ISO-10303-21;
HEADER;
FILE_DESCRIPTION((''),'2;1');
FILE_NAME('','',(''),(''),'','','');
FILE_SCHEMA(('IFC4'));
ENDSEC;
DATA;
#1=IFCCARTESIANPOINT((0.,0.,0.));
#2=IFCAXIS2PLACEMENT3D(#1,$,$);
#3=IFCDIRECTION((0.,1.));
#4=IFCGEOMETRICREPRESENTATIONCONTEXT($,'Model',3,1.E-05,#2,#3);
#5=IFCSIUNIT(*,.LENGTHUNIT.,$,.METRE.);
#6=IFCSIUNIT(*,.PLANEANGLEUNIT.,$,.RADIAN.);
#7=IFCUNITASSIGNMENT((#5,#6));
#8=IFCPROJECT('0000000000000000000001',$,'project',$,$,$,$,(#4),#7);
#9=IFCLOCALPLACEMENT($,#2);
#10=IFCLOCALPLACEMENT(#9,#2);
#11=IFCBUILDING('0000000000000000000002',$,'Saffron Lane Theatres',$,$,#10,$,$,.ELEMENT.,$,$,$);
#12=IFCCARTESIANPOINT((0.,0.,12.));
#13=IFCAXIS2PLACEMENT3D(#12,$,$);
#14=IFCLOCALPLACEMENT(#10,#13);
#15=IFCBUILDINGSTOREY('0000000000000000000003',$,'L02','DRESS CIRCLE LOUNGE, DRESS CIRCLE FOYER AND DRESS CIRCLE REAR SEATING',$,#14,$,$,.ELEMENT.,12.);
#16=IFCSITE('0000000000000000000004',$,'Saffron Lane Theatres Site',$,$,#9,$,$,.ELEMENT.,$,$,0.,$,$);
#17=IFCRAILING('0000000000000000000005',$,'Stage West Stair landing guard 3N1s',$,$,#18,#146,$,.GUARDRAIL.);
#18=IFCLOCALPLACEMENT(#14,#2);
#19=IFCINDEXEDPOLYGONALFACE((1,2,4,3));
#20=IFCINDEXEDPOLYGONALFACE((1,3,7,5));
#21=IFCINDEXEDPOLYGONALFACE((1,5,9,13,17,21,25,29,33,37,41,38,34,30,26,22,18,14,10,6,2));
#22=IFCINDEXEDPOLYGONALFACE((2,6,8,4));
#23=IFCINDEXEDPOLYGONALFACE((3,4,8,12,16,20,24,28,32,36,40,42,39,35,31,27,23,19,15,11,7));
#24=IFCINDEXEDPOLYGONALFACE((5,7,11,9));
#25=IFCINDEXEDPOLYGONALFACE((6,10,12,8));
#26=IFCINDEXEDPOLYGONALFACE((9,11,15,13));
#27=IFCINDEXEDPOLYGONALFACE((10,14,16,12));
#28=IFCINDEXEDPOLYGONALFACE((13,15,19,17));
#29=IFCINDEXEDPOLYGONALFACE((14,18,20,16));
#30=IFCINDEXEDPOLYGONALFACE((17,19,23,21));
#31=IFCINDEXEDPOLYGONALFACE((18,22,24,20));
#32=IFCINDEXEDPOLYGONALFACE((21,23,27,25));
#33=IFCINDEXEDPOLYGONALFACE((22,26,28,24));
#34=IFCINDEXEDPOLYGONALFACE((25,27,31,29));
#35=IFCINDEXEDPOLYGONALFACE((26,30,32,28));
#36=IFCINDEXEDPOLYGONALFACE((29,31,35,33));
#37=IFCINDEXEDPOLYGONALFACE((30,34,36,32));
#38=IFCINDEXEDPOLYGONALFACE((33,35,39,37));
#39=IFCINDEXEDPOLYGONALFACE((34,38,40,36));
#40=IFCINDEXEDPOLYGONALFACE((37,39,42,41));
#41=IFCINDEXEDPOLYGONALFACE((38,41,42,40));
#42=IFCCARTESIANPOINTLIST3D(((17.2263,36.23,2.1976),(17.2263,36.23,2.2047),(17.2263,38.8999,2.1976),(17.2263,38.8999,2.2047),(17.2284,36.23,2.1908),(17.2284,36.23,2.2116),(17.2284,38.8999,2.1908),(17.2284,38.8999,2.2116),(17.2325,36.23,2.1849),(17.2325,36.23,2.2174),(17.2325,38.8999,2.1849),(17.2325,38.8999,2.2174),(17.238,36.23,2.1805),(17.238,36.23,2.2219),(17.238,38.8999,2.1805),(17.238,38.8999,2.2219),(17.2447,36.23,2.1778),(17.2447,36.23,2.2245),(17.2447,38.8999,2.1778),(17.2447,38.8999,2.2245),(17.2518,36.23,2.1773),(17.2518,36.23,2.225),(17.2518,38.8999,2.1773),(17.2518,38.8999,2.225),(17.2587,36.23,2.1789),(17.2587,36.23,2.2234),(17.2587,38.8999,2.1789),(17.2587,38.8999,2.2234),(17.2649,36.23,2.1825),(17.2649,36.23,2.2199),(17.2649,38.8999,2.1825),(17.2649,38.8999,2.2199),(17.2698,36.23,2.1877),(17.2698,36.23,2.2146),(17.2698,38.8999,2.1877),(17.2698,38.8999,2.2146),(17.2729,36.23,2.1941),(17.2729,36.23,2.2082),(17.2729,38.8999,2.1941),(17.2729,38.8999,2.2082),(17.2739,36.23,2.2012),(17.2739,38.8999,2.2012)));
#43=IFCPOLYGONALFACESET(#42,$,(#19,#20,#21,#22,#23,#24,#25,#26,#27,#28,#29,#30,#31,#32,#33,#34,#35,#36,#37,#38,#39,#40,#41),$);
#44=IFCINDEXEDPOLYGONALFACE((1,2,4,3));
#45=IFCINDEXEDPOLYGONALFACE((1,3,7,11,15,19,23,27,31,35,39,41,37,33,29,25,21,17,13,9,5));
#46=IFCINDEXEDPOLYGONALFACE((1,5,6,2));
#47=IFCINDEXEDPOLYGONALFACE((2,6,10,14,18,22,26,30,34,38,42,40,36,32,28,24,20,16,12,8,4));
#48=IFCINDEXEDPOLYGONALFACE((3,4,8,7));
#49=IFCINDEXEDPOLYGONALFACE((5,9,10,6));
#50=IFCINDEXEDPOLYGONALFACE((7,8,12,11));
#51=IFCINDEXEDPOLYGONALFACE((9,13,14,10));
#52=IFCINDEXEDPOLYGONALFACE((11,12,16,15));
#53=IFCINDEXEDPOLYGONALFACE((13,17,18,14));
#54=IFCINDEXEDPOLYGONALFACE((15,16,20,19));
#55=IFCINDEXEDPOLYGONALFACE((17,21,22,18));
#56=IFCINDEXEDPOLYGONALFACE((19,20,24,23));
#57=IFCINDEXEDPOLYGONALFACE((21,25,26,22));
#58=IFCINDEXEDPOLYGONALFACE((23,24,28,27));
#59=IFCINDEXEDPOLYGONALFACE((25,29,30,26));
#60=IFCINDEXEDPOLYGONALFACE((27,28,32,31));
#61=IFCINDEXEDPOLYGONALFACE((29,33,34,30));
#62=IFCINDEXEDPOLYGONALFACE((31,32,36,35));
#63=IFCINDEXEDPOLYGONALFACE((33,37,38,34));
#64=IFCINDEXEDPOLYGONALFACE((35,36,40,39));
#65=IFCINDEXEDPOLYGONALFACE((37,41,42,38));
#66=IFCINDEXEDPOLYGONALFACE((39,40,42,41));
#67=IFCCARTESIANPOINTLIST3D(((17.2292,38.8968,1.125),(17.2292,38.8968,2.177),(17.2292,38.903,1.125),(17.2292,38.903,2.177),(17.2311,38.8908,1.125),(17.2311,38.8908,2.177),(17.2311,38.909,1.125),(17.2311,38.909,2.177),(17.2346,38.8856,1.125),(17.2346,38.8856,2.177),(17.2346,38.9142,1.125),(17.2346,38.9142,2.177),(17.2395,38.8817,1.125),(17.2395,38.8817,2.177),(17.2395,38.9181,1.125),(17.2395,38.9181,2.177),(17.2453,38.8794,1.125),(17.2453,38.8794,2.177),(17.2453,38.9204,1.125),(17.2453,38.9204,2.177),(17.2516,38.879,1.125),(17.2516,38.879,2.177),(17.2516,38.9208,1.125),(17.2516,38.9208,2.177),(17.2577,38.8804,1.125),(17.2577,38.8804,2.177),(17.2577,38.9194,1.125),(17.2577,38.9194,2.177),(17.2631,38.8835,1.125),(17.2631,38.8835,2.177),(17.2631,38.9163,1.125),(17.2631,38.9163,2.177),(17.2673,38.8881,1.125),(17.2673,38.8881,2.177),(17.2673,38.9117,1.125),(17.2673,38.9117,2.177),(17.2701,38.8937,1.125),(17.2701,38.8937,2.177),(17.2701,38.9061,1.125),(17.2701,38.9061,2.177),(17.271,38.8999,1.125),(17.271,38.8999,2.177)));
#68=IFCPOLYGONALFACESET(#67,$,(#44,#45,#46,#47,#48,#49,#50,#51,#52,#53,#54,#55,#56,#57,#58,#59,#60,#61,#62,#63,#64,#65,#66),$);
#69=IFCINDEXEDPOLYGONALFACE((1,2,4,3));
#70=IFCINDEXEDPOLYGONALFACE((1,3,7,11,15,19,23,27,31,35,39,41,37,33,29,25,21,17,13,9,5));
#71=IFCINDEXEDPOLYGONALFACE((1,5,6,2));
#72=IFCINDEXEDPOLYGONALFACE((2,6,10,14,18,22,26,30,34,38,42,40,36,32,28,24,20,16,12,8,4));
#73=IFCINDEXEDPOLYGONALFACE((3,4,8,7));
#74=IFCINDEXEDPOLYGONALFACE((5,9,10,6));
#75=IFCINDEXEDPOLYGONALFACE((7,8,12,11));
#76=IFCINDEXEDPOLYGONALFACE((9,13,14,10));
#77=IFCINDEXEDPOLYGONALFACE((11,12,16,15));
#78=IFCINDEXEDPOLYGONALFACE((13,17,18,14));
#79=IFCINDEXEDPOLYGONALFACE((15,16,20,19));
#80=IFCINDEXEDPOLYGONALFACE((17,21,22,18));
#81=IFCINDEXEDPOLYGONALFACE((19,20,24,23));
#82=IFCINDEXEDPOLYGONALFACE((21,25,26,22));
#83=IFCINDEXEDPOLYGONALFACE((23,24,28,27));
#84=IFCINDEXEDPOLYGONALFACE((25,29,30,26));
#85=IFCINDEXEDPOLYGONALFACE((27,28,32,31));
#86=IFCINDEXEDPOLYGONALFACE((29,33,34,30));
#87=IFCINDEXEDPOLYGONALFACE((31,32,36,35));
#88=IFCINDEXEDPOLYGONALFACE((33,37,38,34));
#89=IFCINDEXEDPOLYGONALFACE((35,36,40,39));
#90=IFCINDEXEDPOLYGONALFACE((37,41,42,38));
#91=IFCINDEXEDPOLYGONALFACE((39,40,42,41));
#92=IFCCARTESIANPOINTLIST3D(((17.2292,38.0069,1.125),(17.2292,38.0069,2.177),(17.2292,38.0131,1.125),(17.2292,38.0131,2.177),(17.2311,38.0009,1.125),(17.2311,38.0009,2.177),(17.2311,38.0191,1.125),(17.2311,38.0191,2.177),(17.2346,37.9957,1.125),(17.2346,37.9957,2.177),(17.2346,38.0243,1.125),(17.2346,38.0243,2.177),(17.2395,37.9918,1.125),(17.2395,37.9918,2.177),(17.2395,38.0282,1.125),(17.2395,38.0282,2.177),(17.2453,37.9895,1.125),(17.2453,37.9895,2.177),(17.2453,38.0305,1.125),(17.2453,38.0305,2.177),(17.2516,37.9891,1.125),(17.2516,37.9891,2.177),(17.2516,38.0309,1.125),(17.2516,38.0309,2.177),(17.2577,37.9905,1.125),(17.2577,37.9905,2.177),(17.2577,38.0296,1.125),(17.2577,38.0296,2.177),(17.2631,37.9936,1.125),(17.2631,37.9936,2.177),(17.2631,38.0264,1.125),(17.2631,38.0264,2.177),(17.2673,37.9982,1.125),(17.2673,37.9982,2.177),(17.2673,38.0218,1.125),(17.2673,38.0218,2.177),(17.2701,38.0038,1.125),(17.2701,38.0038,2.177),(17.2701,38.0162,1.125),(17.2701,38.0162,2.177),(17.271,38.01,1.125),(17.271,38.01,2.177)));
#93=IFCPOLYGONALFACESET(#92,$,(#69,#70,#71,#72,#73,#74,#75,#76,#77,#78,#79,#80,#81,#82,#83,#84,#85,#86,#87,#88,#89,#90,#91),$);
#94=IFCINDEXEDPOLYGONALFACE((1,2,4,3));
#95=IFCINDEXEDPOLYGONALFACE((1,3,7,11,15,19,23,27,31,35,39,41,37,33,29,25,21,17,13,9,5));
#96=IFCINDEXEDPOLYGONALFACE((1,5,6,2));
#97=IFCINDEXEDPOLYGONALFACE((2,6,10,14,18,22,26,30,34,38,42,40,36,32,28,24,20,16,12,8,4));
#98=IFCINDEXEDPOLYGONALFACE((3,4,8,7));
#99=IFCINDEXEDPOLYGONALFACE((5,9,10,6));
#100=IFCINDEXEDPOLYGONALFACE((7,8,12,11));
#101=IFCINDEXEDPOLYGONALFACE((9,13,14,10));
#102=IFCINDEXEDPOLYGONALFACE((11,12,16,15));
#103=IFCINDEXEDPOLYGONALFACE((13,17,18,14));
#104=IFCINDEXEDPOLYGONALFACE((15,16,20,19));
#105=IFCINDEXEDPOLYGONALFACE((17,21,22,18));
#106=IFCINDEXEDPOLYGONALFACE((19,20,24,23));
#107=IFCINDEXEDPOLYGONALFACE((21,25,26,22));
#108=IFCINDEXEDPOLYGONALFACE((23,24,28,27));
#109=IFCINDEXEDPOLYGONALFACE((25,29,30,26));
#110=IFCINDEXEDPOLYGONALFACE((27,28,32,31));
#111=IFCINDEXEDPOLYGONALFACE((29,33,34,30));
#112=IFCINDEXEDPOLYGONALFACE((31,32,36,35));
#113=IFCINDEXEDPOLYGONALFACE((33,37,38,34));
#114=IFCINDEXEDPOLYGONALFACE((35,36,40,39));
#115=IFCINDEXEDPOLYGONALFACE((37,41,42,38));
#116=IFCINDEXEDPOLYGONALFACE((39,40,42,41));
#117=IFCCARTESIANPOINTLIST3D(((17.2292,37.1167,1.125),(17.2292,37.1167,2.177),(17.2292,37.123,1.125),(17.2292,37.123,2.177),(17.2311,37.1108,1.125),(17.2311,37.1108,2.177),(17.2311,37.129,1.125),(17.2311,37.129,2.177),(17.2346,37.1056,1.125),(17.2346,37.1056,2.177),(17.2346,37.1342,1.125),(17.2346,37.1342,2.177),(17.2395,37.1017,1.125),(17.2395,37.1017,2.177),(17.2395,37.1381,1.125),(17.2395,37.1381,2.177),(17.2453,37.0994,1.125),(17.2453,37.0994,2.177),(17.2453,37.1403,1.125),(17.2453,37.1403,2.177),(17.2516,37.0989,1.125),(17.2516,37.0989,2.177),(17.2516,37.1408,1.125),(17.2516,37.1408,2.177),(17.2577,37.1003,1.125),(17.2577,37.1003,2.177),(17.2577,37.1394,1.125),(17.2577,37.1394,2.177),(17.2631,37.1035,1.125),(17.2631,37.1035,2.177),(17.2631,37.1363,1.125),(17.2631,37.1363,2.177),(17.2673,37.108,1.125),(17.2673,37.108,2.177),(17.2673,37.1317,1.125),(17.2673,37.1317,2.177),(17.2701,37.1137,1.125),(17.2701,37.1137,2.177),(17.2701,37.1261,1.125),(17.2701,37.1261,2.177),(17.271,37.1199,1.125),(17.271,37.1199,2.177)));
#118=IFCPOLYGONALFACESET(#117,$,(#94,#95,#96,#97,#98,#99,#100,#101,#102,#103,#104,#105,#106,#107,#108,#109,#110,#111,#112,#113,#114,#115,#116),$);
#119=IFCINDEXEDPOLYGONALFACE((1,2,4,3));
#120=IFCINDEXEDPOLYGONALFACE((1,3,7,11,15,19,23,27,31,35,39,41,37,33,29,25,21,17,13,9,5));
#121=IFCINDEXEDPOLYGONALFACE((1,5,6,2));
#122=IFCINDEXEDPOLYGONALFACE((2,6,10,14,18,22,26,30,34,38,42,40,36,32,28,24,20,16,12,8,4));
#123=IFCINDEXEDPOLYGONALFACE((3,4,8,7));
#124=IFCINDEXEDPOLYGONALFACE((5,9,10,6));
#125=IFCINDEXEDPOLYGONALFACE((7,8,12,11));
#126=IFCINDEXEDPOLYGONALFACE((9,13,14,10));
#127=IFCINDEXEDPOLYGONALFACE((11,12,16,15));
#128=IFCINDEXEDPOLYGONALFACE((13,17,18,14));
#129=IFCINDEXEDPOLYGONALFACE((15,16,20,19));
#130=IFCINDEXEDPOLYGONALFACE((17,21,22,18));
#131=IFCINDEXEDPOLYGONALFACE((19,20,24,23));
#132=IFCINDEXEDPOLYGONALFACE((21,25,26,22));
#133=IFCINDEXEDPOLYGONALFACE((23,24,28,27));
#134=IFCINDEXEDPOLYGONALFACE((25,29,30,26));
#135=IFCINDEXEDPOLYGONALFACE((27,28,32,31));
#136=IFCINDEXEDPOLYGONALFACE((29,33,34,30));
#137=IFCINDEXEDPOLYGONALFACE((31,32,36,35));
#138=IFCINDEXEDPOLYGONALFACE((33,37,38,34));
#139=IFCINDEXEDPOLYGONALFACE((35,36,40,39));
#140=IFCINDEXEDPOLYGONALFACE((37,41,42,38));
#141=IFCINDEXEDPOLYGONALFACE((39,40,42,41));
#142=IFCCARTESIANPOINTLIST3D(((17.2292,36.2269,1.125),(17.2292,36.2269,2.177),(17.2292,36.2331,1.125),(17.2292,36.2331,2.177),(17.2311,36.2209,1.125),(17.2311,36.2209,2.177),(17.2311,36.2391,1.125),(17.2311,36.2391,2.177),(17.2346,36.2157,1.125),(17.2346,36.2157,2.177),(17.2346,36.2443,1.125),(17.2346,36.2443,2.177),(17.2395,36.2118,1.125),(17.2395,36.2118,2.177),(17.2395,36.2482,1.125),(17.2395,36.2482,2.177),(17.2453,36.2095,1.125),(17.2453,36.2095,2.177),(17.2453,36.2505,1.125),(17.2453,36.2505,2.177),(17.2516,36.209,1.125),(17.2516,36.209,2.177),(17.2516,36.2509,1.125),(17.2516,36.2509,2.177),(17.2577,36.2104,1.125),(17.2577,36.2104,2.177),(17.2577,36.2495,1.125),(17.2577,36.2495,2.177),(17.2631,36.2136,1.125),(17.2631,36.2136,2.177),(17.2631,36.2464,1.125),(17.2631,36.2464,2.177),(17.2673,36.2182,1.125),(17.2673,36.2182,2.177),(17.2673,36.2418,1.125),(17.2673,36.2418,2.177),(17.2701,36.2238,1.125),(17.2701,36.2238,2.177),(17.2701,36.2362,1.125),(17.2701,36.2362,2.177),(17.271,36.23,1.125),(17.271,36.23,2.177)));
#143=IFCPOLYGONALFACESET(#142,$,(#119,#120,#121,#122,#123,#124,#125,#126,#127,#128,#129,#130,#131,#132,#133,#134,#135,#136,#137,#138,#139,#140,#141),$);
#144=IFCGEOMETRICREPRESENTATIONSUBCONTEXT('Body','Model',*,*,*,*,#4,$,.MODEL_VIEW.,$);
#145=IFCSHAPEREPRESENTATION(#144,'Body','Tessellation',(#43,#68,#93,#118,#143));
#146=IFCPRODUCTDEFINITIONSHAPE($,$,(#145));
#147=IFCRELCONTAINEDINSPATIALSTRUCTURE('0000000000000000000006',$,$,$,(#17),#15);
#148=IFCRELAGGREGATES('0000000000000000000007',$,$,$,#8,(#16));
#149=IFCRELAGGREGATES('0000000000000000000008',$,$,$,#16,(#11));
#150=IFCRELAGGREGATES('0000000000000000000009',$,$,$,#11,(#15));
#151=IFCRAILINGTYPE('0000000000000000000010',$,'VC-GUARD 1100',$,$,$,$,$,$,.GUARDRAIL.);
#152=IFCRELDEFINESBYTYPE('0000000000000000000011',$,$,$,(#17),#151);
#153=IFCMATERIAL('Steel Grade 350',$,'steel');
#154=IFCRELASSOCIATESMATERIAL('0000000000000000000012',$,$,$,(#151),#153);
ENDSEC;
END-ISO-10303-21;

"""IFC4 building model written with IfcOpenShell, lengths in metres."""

from ifc_helpers import new_model, si_unit, direction, frame, origin, origin_2d, place, context, subcontext, project, spatial, circle, extrude, material, type_object, element, save


model = new_model("IFC4")

# Units and contexts
model_context = context("Model", 3, precision=1e-05, world=origin(), true_north=direction((0.0, 1.0)))
body_context = subcontext(model_context, "Body", "Model", "MODEL_VIEW")
ifc_project = project(units=[si_unit("LENGTHUNIT", "METRE"), si_unit("PLANEANGLEUNIT", "RADIAN")], contexts=[model_context])

# Site, building, storey
site_placement = place(None, origin())
site = spatial("IfcSite", under=ifc_project, at=site_placement, Name="Saffron Lane Theatres Site", CompositionType="ELEMENT", RefElevation=0.0)
building_placement = place(site_placement, origin())
building = spatial("IfcBuilding", under=site, at=building_placement, Name="Saffron Lane Theatres", CompositionType="ELEMENT")
storey_placement = place(building_placement, frame((0.0, 0.0, 12.0)))
storey = spatial("IfcBuildingStorey", under=building, at=storey_placement, Name="L02", Description="DRESS CIRCLE LOUNGE, DRESS CIRCLE FOYER AND DRESS CIRCLE REAR SEATING", CompositionType="ELEMENT", Elevation=12.0)

# Railing
ifc_material_1 = material(Name="Steel Grade 350", Category="steel")
railing_type_1 = type_object("IfcRailingType", Name="VC-GUARD 1100", PredefinedType="GUARDRAIL", material=ifc_material_1)
railing_1_placement = place(storey_placement, frame((17.25, 38.8999, 1.125)))
element("IfcRailing", 1, at=railing_1_placement, inside=storey, type_object=railing_type_1, Name="Stage West Stair landing guard 3N1s", PredefinedType="GUARDRAIL", context=body_context, shape_type="SweptSolid", body=[
    extrude(circle(Radius=0.0239, at=origin_2d()), frame((0.0, 0.0, 1.0762), z_axis=(0.0, -1.0, 0.0), x_axis=(1.0, 0.0, 0.0)), (0.0, 0.0, 1.0), 2.6699),
    extrude(circle(Radius=0.021, at=origin_2d()), origin(), (0.0, 0.0, 1.0), 1.052),
    extrude(circle(Radius=0.021, at=origin_2d()), frame((0.0, -0.8899, 0.0)), (0.0, 0.0, 1.0), 1.052),
    extrude(circle(Radius=0.021, at=origin_2d()), frame((0.0, -1.78, 0.0)), (0.0, 0.0, 1.0), 1.052),
    extrude(circle(Radius=0.021, at=origin_2d()), frame((0.0, -2.6699, 0.0)), (0.0, 0.0, 1.0), 1.052),
])

save(model, "model.ifc")
